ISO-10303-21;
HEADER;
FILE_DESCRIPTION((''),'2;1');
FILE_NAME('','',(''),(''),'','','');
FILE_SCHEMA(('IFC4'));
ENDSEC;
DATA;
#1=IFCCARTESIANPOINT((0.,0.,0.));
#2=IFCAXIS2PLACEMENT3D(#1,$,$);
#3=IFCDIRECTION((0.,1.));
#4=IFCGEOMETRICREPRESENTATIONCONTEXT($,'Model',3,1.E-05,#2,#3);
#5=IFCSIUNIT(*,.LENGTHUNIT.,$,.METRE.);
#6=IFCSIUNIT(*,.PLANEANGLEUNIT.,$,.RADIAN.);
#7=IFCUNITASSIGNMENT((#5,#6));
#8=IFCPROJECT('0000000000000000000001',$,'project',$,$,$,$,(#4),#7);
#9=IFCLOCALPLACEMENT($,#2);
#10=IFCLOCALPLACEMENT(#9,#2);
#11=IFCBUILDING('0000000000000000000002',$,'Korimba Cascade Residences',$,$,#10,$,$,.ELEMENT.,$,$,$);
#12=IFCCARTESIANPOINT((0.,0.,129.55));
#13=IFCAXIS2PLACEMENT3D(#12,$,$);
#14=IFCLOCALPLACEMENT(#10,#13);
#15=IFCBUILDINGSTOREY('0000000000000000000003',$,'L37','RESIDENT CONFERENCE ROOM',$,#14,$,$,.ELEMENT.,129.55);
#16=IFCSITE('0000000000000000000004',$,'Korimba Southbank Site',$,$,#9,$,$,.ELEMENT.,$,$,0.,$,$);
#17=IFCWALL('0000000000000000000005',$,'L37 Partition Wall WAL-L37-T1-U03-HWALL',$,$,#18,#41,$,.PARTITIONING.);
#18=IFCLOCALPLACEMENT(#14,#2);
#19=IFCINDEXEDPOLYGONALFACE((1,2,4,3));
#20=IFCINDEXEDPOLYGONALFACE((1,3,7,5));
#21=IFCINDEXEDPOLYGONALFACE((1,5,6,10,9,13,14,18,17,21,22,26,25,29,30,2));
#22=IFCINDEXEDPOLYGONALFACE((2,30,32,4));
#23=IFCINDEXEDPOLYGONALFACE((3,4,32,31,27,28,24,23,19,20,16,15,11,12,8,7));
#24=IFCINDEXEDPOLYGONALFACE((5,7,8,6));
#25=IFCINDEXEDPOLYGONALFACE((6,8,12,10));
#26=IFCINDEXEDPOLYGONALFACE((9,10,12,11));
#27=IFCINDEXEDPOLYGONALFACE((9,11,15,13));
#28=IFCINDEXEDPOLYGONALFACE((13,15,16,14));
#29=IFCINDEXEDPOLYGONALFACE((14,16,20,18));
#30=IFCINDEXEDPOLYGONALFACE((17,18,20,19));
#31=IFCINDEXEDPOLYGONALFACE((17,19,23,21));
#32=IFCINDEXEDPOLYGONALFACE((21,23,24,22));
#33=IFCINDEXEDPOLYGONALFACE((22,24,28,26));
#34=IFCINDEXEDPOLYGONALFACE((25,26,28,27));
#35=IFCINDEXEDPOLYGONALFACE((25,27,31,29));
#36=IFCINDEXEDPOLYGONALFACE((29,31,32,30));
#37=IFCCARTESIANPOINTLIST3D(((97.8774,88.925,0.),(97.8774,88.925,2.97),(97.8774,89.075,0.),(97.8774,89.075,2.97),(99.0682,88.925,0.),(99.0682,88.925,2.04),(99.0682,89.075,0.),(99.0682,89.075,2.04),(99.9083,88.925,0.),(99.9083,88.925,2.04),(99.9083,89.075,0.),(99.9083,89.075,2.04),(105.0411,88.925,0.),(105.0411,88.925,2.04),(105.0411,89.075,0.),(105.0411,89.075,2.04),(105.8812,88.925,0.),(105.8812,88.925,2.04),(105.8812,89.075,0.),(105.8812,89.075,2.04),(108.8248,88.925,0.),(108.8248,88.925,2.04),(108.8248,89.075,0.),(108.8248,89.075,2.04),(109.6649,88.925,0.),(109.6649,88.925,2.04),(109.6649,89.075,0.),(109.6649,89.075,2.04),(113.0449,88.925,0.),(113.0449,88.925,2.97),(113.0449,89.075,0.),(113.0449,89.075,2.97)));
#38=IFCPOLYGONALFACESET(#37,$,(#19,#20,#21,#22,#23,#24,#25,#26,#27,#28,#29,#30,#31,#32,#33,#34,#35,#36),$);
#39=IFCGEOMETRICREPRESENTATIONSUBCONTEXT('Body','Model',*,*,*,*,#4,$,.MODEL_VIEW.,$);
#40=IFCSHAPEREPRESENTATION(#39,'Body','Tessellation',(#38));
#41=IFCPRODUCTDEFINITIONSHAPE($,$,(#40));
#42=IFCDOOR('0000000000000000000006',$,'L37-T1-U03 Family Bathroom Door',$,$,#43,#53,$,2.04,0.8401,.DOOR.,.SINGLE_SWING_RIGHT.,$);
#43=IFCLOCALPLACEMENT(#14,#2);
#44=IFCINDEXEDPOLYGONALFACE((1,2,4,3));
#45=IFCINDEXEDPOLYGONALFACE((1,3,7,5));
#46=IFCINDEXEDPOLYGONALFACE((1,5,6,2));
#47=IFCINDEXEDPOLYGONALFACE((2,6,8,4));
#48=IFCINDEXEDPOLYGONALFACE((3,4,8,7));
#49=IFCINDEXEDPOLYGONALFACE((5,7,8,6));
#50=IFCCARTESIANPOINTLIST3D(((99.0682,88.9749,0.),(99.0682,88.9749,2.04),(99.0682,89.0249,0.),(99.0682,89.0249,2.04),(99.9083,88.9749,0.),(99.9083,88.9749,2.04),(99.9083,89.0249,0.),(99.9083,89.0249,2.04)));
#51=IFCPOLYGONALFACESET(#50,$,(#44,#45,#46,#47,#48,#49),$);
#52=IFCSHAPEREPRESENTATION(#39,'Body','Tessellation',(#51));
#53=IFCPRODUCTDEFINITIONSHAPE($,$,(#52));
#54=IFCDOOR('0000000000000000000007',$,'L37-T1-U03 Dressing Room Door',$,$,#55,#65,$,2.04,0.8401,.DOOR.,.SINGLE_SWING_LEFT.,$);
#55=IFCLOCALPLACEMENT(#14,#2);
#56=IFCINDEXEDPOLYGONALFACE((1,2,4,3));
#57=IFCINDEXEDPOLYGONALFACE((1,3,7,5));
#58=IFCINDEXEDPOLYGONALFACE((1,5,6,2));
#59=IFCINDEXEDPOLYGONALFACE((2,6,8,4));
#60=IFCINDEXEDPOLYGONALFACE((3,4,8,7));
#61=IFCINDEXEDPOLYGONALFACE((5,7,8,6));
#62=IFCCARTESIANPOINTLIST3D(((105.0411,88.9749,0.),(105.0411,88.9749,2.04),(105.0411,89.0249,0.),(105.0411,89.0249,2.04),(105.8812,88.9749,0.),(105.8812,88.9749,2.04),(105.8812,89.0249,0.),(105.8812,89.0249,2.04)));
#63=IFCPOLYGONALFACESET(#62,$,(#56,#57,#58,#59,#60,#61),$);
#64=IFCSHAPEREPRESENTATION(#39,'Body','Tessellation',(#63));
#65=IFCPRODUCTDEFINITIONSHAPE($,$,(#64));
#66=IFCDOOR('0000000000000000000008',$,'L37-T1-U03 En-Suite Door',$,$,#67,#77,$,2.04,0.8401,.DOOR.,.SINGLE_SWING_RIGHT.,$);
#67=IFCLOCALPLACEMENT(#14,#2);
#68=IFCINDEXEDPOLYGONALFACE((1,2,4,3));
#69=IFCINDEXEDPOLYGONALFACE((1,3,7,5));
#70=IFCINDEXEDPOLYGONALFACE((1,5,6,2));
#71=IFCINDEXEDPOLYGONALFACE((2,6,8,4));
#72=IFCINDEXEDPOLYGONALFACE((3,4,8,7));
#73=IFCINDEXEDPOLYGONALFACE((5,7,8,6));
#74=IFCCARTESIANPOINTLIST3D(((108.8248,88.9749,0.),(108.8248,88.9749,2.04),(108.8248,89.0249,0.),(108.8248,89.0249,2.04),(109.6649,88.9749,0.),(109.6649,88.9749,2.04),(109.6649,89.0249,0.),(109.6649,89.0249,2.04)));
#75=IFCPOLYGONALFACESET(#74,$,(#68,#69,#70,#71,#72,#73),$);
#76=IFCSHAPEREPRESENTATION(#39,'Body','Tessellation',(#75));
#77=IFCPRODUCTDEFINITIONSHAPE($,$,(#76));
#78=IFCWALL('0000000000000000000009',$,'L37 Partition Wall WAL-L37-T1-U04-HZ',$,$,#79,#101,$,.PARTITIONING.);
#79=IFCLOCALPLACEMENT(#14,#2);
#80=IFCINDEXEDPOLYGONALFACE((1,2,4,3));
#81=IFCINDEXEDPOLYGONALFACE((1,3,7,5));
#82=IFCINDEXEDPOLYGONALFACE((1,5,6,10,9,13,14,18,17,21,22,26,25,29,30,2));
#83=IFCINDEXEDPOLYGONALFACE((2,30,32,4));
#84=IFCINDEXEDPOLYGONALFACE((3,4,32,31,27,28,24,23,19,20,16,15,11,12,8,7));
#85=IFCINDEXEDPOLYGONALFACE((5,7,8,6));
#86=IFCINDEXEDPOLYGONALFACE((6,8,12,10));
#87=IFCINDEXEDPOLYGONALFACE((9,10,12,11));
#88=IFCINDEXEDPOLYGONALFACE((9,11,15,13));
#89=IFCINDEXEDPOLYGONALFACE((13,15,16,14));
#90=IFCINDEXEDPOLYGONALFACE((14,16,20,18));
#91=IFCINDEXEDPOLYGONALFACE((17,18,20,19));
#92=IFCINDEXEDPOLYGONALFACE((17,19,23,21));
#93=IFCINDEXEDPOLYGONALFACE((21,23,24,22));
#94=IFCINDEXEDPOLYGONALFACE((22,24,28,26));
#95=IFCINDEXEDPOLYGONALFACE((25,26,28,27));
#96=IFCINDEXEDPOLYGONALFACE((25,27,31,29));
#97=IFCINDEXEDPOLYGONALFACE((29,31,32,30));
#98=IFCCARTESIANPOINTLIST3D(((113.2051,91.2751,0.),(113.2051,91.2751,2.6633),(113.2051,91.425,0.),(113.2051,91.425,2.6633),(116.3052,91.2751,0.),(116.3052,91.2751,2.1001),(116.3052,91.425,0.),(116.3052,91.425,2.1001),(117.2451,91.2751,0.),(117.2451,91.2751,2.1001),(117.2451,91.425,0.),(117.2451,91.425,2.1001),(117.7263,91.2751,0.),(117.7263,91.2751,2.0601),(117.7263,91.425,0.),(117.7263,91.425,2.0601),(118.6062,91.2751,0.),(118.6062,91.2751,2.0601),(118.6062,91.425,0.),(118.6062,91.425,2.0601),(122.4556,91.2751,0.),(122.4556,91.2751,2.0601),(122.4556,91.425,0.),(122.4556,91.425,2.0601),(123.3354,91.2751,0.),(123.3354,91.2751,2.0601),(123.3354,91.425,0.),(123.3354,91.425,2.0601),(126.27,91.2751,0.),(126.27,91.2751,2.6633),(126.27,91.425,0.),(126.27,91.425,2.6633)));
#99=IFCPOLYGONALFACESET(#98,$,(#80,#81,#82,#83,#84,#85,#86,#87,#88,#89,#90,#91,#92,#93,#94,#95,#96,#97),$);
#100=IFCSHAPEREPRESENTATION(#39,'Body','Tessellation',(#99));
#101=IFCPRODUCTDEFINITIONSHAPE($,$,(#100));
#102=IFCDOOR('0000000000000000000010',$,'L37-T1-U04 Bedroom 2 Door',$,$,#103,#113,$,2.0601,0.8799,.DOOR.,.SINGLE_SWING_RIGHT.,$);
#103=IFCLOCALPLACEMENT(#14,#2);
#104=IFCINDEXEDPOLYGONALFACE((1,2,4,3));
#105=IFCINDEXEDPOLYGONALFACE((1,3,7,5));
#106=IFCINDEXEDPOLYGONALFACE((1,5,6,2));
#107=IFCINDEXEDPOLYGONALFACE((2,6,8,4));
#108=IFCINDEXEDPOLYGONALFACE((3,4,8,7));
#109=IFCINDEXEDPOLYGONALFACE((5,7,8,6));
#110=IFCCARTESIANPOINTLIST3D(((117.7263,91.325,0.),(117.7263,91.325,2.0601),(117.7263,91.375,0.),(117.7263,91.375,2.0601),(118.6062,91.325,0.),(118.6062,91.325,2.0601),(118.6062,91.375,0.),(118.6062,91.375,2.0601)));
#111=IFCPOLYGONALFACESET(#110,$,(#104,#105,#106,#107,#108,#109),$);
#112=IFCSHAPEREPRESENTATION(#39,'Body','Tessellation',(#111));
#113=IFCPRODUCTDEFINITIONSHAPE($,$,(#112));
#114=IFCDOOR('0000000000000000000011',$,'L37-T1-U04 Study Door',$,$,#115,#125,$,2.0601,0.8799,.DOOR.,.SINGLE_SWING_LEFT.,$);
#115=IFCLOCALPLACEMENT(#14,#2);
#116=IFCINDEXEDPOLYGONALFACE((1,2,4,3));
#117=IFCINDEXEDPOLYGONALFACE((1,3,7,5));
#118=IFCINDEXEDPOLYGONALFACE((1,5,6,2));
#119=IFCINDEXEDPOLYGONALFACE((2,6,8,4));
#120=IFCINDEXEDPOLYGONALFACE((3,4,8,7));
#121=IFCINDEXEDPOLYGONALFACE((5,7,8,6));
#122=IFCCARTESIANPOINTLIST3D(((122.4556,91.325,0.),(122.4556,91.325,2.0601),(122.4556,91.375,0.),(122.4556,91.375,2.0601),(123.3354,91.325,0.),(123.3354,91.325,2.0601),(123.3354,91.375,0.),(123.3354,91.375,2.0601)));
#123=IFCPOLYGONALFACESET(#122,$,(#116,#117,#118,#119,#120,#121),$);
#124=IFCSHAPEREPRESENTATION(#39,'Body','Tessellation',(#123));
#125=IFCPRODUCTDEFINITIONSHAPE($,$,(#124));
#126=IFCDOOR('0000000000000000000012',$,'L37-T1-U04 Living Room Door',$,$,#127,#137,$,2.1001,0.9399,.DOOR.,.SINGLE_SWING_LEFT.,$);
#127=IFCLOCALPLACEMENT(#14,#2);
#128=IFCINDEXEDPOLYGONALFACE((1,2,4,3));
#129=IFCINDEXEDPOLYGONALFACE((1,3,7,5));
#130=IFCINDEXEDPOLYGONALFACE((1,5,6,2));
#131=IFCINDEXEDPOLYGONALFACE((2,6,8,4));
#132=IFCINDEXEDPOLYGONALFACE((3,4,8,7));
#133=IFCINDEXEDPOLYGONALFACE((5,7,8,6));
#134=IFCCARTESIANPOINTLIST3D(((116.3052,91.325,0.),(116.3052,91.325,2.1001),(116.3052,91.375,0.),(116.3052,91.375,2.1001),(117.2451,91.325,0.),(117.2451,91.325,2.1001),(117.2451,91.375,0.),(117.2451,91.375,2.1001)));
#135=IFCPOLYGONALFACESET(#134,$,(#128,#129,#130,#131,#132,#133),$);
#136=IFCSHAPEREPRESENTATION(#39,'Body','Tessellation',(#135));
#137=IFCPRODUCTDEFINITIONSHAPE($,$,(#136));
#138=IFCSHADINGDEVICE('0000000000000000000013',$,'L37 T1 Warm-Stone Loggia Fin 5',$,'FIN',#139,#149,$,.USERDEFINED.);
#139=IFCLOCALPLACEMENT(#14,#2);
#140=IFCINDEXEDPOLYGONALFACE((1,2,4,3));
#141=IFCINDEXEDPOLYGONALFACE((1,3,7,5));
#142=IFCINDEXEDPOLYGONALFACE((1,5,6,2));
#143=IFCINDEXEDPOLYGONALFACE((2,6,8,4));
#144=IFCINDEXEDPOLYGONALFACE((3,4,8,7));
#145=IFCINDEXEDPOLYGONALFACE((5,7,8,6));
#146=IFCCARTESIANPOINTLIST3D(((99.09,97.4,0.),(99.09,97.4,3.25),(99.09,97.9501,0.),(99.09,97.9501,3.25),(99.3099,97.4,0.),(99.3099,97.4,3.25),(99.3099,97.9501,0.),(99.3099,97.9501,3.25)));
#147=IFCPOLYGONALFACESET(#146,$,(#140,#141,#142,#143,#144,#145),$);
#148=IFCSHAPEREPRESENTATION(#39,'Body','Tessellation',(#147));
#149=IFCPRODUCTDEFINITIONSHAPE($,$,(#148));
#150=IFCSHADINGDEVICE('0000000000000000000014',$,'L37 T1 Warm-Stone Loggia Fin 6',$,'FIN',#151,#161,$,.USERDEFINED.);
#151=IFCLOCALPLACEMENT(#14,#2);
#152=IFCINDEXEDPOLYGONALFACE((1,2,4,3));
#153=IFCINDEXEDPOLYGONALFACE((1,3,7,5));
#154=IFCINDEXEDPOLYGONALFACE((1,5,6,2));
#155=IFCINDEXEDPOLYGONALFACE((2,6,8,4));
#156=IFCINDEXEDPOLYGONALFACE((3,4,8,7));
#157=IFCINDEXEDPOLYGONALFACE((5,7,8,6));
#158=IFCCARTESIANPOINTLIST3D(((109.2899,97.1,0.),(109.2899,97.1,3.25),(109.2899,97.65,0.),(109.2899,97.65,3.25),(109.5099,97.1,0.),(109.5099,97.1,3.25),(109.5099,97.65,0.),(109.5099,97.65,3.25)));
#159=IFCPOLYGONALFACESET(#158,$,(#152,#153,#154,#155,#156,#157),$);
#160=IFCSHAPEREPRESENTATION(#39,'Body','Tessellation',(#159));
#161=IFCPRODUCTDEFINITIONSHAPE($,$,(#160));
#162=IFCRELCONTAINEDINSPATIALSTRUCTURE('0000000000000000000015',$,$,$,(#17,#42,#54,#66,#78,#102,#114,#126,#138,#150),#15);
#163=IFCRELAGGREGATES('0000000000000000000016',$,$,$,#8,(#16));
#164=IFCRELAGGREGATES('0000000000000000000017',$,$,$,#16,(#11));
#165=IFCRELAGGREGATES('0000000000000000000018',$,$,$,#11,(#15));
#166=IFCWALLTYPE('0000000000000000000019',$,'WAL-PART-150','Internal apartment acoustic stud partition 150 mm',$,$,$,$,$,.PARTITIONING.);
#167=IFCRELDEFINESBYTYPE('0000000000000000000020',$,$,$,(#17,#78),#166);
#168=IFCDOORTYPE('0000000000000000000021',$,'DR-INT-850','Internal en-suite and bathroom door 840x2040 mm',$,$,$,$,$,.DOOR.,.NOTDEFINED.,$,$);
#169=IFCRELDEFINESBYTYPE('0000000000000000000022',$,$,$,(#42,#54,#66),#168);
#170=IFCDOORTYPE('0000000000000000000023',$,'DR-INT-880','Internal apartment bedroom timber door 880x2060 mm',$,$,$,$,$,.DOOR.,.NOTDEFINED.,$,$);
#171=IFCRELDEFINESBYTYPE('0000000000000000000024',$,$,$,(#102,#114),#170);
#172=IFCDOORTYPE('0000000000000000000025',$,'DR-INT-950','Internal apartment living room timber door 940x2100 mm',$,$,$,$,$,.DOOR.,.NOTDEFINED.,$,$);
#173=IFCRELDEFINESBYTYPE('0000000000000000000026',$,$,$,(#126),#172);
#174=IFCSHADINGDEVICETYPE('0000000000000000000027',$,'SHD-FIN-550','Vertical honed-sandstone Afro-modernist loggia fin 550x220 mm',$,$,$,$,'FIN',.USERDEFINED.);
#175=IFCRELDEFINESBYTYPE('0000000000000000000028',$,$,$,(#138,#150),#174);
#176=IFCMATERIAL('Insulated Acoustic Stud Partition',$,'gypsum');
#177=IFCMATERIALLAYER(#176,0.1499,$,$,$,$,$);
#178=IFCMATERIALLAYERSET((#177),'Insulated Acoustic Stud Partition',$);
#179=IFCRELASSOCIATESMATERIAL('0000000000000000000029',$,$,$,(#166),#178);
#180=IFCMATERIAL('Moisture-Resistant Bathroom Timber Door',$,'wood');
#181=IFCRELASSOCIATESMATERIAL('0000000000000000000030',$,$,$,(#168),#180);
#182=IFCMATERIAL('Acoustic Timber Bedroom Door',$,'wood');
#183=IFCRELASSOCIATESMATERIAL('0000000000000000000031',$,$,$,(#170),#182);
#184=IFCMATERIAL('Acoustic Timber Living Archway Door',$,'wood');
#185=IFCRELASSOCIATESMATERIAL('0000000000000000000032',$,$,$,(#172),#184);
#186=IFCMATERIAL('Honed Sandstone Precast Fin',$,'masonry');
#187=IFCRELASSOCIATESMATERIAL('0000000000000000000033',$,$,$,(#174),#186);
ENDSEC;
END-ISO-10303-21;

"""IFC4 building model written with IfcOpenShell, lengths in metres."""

from ifc_helpers import new_model, si_unit, direction, frame, frame_2d, origin, origin_2d, place, context, subcontext, project, spatial, rectangle, extrude, material, layer, layer_set, type_object, element, fill, save


model = new_model("IFC4")

# Units and contexts
model_context = context("Model", 3, precision=1e-05, world=origin(), true_north=direction((0.0, 1.0)))
body_context = subcontext(model_context, "Body", "Model", "MODEL_VIEW")
ifc_project = project(units=[si_unit("LENGTHUNIT", "METRE"), si_unit("PLANEANGLEUNIT", "RADIAN")], contexts=[model_context])

# Site, building, storey
site_placement = place(None, origin())
site = spatial("IfcSite", under=ifc_project, at=site_placement, Name="Korimba Southbank Site", CompositionType="ELEMENT", RefElevation=0.0)
building_placement = place(site_placement, origin())
building = spatial("IfcBuilding", under=site, at=building_placement, Name="Korimba Cascade Residences", CompositionType="ELEMENT")
storey_placement = place(building_placement, frame((0.0, 0.0, 129.55)))
storey = spatial("IfcBuildingStorey", under=building, at=storey_placement, Name="L37", Description="RESIDENT CONFERENCE ROOM", CompositionType="ELEMENT", Elevation=129.55)

# Shared definitions
ifc_material_1 = material(Name="Insulated Acoustic Stud Partition", Category="gypsum")
ifc_layer = layer(ifc_material_1, 0.1499)
ifc_layer_set = layer_set([ifc_layer], Name="Insulated Acoustic Stud Partition")
wall_type = type_object("IfcWallType", Name="WAL-PART-150", Description="Internal apartment acoustic stud partition 150 mm", PredefinedType="PARTITIONING", material=ifc_layer_set)

# Walls, openings, doors
wall_1_placement = place(storey_placement, frame((97.8774, 89.0, 0.0), z_axis=(0.0, 0.0, 1.0), x_axis=(1.0, 0.0, 0.0)))
wall_1 = element("IfcWall", 1, at=wall_1_placement, inside=storey, type_object=wall_type, Name="L37 Partition Wall WAL-L37-T1-U03-HWALL", PredefinedType="PARTITIONING", context=body_context, shape_type="SweptSolid", body=[
    extrude(rectangle(XDim=15.1675, YDim=0.1499, at=frame_2d((7.5837, 0.0))), origin(), (0.0, 0.0, 1.0), 2.97),
])
opening_1_placement = place(wall_1_placement, frame((1.1909, 0.0, 0.0)))
opening_1 = element("IfcOpeningElement", 2, at=opening_1_placement, cuts=wall_1, PredefinedType="OPENING", context=body_context, shape_type="SweptSolid", body=[
    extrude(rectangle(XDim=0.8401, YDim=2.04, at=frame_2d((0.4199, 1.02))), frame((0.0, 0.085, 0.0), z_axis=(0.0, -1.0, 0.0), x_axis=(1.0, 0.0, 0.0)), (0.0, 0.0, 1.0), 0.1699),
])
opening_2_placement = place(wall_1_placement, frame((7.1638, 0.0, 0.0)))
opening_2 = element("IfcOpeningElement", 3, at=opening_2_placement, cuts=wall_1, PredefinedType="OPENING", context=body_context, shape_type="SweptSolid", body=[
    extrude(rectangle(XDim=0.8401, YDim=2.04, at=frame_2d((0.4199, 1.02))), frame((0.0, 0.085, 0.0), z_axis=(0.0, -1.0, 0.0), x_axis=(1.0, 0.0, 0.0)), (0.0, 0.0, 1.0), 0.1699),
])
opening_3_placement = place(wall_1_placement, frame((10.9475, 0.0, 0.0)))
opening_3 = element("IfcOpeningElement", 4, at=opening_3_placement, cuts=wall_1, PredefinedType="OPENING", context=body_context, shape_type="SweptSolid", body=[
    extrude(rectangle(XDim=0.8401, YDim=2.04, at=frame_2d((0.4199, 1.02))), frame((0.0, 0.085, 0.0), z_axis=(0.0, -1.0, 0.0), x_axis=(1.0, 0.0, 0.0)), (0.0, 0.0, 1.0), 0.1699),
])
ifc_material_2 = material(Name="Moisture-Resistant Bathroom Timber Door", Category="wood")
door_type_1 = type_object("IfcDoorType", Name="DR-INT-850", Description="Internal en-suite and bathroom door 840x2040 mm", OperationType="NOTDEFINED", PredefinedType="DOOR", material=ifc_material_2)
door_1_placement = place(opening_1_placement, origin())
door_1 = element("IfcDoor", 5, at=door_1_placement, inside=storey, type_object=door_type_1, Name="L37-T1-U03 Family Bathroom Door", OperationType="SINGLE_SWING_RIGHT", OverallHeight=2.04, OverallWidth=0.8401, PredefinedType="DOOR", context=body_context, shape_type="SweptSolid", body=[
    extrude(rectangle(XDim=0.8401, YDim=2.04, at=frame_2d((0.4199, 1.02))), frame((0.0, 0.0249, 0.0), z_axis=(0.0, -1.0, 0.0), x_axis=(1.0, 0.0, 0.0)), (0.0, 0.0, 1.0), 0.05),
])
fill(opening_1, door_1)
door_2_placement = place(opening_2_placement, origin())
door_2 = element("IfcDoor", 6, at=door_2_placement, inside=storey, type_object=door_type_1, Name="L37-T1-U03 Dressing Room Door", OperationType="SINGLE_SWING_LEFT", OverallHeight=2.04, OverallWidth=0.8401, PredefinedType="DOOR", context=body_context, shape_type="SweptSolid", body=[
    extrude(rectangle(XDim=0.8401, YDim=2.04, at=frame_2d((0.4199, 1.02))), frame((0.0, 0.0249, 0.0), z_axis=(0.0, -1.0, 0.0), x_axis=(1.0, 0.0, 0.0)), (0.0, 0.0, 1.0), 0.05),
])
fill(opening_2, door_2)
door_3_placement = place(opening_3_placement, origin())
door_3 = element("IfcDoor", 7, at=door_3_placement, inside=storey, type_object=door_type_1, Name="L37-T1-U03 En-Suite Door", OperationType="SINGLE_SWING_RIGHT", OverallHeight=2.04, OverallWidth=0.8401, PredefinedType="DOOR", context=body_context, shape_type="SweptSolid", body=[
    extrude(rectangle(XDim=0.8401, YDim=2.04, at=frame_2d((0.4199, 1.02))), frame((0.0, 0.0249, 0.0), z_axis=(0.0, -1.0, 0.0), x_axis=(1.0, 0.0, 0.0)), (0.0, 0.0, 1.0), 0.05),
])
fill(opening_3, door_3)
wall_2_placement = place(storey_placement, frame((113.2051, 91.3501, 0.0), z_axis=(0.0, 0.0, 1.0), x_axis=(1.0, 0.0, 0.0)))
wall_2 = element("IfcWall", 8, at=wall_2_placement, inside=storey, type_object=wall_type, Name="L37 Partition Wall WAL-L37-T1-U04-HZ", PredefinedType="PARTITIONING", context=body_context, shape_type="SweptSolid", body=[
    extrude(rectangle(XDim=13.0649, YDim=0.1499, at=frame_2d((6.5325, 0.0))), origin(), (0.0, 0.0, 1.0), 2.6633),
])
opening_4_placement = place(wall_2_placement, frame((3.1001, 0.0, 0.0)))
opening_4 = element("IfcOpeningElement", 9, at=opening_4_placement, cuts=wall_2, PredefinedType="OPENING", context=body_context, shape_type="SweptSolid", body=[
    extrude(rectangle(XDim=0.9399, YDim=2.1001, at=frame_2d((0.47, 1.05))), frame((0.0, 0.085, 0.0), z_axis=(0.0, -1.0, 0.0), x_axis=(1.0, 0.0, 0.0)), (0.0, 0.0, 1.0), 0.1699),
])
opening_5_placement = place(wall_2_placement, frame((4.5212, 0.0, 0.0)))
opening_5 = element("IfcOpeningElement", 10, at=opening_5_placement, cuts=wall_2, PredefinedType="OPENING", context=body_context, shape_type="SweptSolid", body=[
    extrude(rectangle(XDim=0.8799, YDim=2.0601, at=frame_2d((0.4399, 1.03))), frame((0.0, 0.085, 0.0), z_axis=(0.0, -1.0, 0.0), x_axis=(1.0, 0.0, 0.0)), (0.0, 0.0, 1.0), 0.1699),
])
opening_6_placement = place(wall_2_placement, frame((9.2505, 0.0, 0.0)))
opening_6 = element("IfcOpeningElement", 11, at=opening_6_placement, cuts=wall_2, PredefinedType="OPENING", context=body_context, shape_type="SweptSolid", body=[
    extrude(rectangle(XDim=0.8799, YDim=2.0601, at=frame_2d((0.4399, 1.03))), frame((0.0, 0.085, 0.0), z_axis=(0.0, -1.0, 0.0), x_axis=(1.0, 0.0, 0.0)), (0.0, 0.0, 1.0), 0.1699),
])
ifc_material_3 = material(Name="Acoustic Timber Bedroom Door", Category="wood")
door_type_2 = type_object("IfcDoorType", Name="DR-INT-880", Description="Internal apartment bedroom timber door 880x2060 mm", OperationType="NOTDEFINED", PredefinedType="DOOR", material=ifc_material_3)
door_4_placement = place(opening_5_placement, origin())
door_4 = element("IfcDoor", 12, at=door_4_placement, inside=storey, type_object=door_type_2, Name="L37-T1-U04 Bedroom 2 Door", OperationType="SINGLE_SWING_RIGHT", OverallHeight=2.0601, OverallWidth=0.8799, PredefinedType="DOOR", context=body_context, shape_type="SweptSolid", body=[
    extrude(rectangle(XDim=0.8799, YDim=2.0601, at=frame_2d((0.4399, 1.03))), frame((0.0, 0.0249, 0.0), z_axis=(0.0, -1.0, 0.0), x_axis=(1.0, 0.0, 0.0)), (0.0, 0.0, 1.0), 0.05),
])
fill(opening_5, door_4)
door_5_placement = place(opening_6_placement, origin())
door_5 = element("IfcDoor", 13, at=door_5_placement, inside=storey, type_object=door_type_2, Name="L37-T1-U04 Study Door", OperationType="SINGLE_SWING_LEFT", OverallHeight=2.0601, OverallWidth=0.8799, PredefinedType="DOOR", context=body_context, shape_type="SweptSolid", body=[
    extrude(rectangle(XDim=0.8799, YDim=2.0601, at=frame_2d((0.4399, 1.03))), frame((0.0, 0.0249, 0.0), z_axis=(0.0, -1.0, 0.0), x_axis=(1.0, 0.0, 0.0)), (0.0, 0.0, 1.0), 0.05),
])
fill(opening_6, door_5)
ifc_material_4 = material(Name="Acoustic Timber Living Archway Door", Category="wood")
door_type_3 = type_object("IfcDoorType", Name="DR-INT-950", Description="Internal apartment living room timber door 940x2100 mm", OperationType="NOTDEFINED", PredefinedType="DOOR", material=ifc_material_4)
door_6_placement = place(opening_4_placement, origin())
door_6 = element("IfcDoor", 14, at=door_6_placement, inside=storey, type_object=door_type_3, Name="L37-T1-U04 Living Room Door", OperationType="SINGLE_SWING_LEFT", OverallHeight=2.1001, OverallWidth=0.9399, PredefinedType="DOOR", context=body_context, shape_type="SweptSolid", body=[
    extrude(rectangle(XDim=0.9399, YDim=2.1001, at=frame_2d((0.47, 1.05))), frame((0.0, 0.0249, 0.0), z_axis=(0.0, -1.0, 0.0), x_axis=(1.0, 0.0, 0.0)), (0.0, 0.0, 1.0), 0.05),
])
fill(opening_4, door_6)

# Shading devices
ifc_material_5 = material(Name="Honed Sandstone Precast Fin", Category="masonry")
shading_device_type = type_object("IfcShadingDeviceType", Name="SHD-FIN-550", Description="Vertical honed-sandstone Afro-modernist loggia fin 550x220 mm", ElementType="FIN", PredefinedType="USERDEFINED", material=ifc_material_5)
for number, where, z_axis, x_axis, name in (
    (15, (99.2, 97.675, 0.0), (0.0, 0.0, 1.0), (1.0, 0.0, 0.0), "L37 T1 Warm-Stone Loggia Fin 5"),
    (16, (109.3999, 97.375, 0.0), (0.0, 0.0, 1.0), (1.0, 0.0, 0.0), "L37 T1 Warm-Stone Loggia Fin 6"),
):
    element("IfcShadingDevice", number, at=place(storey_placement, frame(where, z_axis=z_axis, x_axis=x_axis)), inside=storey, type_object=shading_device_type, Name=name, ObjectType="FIN", PredefinedType="USERDEFINED", context=body_context, shape_type="SweptSolid", body=[
        extrude(rectangle(XDim=0.22, YDim=0.55, at=origin_2d()), origin(), (0.0, 0.0, 1.0), 3.25),
    ])

save(model, "model.ifc")
